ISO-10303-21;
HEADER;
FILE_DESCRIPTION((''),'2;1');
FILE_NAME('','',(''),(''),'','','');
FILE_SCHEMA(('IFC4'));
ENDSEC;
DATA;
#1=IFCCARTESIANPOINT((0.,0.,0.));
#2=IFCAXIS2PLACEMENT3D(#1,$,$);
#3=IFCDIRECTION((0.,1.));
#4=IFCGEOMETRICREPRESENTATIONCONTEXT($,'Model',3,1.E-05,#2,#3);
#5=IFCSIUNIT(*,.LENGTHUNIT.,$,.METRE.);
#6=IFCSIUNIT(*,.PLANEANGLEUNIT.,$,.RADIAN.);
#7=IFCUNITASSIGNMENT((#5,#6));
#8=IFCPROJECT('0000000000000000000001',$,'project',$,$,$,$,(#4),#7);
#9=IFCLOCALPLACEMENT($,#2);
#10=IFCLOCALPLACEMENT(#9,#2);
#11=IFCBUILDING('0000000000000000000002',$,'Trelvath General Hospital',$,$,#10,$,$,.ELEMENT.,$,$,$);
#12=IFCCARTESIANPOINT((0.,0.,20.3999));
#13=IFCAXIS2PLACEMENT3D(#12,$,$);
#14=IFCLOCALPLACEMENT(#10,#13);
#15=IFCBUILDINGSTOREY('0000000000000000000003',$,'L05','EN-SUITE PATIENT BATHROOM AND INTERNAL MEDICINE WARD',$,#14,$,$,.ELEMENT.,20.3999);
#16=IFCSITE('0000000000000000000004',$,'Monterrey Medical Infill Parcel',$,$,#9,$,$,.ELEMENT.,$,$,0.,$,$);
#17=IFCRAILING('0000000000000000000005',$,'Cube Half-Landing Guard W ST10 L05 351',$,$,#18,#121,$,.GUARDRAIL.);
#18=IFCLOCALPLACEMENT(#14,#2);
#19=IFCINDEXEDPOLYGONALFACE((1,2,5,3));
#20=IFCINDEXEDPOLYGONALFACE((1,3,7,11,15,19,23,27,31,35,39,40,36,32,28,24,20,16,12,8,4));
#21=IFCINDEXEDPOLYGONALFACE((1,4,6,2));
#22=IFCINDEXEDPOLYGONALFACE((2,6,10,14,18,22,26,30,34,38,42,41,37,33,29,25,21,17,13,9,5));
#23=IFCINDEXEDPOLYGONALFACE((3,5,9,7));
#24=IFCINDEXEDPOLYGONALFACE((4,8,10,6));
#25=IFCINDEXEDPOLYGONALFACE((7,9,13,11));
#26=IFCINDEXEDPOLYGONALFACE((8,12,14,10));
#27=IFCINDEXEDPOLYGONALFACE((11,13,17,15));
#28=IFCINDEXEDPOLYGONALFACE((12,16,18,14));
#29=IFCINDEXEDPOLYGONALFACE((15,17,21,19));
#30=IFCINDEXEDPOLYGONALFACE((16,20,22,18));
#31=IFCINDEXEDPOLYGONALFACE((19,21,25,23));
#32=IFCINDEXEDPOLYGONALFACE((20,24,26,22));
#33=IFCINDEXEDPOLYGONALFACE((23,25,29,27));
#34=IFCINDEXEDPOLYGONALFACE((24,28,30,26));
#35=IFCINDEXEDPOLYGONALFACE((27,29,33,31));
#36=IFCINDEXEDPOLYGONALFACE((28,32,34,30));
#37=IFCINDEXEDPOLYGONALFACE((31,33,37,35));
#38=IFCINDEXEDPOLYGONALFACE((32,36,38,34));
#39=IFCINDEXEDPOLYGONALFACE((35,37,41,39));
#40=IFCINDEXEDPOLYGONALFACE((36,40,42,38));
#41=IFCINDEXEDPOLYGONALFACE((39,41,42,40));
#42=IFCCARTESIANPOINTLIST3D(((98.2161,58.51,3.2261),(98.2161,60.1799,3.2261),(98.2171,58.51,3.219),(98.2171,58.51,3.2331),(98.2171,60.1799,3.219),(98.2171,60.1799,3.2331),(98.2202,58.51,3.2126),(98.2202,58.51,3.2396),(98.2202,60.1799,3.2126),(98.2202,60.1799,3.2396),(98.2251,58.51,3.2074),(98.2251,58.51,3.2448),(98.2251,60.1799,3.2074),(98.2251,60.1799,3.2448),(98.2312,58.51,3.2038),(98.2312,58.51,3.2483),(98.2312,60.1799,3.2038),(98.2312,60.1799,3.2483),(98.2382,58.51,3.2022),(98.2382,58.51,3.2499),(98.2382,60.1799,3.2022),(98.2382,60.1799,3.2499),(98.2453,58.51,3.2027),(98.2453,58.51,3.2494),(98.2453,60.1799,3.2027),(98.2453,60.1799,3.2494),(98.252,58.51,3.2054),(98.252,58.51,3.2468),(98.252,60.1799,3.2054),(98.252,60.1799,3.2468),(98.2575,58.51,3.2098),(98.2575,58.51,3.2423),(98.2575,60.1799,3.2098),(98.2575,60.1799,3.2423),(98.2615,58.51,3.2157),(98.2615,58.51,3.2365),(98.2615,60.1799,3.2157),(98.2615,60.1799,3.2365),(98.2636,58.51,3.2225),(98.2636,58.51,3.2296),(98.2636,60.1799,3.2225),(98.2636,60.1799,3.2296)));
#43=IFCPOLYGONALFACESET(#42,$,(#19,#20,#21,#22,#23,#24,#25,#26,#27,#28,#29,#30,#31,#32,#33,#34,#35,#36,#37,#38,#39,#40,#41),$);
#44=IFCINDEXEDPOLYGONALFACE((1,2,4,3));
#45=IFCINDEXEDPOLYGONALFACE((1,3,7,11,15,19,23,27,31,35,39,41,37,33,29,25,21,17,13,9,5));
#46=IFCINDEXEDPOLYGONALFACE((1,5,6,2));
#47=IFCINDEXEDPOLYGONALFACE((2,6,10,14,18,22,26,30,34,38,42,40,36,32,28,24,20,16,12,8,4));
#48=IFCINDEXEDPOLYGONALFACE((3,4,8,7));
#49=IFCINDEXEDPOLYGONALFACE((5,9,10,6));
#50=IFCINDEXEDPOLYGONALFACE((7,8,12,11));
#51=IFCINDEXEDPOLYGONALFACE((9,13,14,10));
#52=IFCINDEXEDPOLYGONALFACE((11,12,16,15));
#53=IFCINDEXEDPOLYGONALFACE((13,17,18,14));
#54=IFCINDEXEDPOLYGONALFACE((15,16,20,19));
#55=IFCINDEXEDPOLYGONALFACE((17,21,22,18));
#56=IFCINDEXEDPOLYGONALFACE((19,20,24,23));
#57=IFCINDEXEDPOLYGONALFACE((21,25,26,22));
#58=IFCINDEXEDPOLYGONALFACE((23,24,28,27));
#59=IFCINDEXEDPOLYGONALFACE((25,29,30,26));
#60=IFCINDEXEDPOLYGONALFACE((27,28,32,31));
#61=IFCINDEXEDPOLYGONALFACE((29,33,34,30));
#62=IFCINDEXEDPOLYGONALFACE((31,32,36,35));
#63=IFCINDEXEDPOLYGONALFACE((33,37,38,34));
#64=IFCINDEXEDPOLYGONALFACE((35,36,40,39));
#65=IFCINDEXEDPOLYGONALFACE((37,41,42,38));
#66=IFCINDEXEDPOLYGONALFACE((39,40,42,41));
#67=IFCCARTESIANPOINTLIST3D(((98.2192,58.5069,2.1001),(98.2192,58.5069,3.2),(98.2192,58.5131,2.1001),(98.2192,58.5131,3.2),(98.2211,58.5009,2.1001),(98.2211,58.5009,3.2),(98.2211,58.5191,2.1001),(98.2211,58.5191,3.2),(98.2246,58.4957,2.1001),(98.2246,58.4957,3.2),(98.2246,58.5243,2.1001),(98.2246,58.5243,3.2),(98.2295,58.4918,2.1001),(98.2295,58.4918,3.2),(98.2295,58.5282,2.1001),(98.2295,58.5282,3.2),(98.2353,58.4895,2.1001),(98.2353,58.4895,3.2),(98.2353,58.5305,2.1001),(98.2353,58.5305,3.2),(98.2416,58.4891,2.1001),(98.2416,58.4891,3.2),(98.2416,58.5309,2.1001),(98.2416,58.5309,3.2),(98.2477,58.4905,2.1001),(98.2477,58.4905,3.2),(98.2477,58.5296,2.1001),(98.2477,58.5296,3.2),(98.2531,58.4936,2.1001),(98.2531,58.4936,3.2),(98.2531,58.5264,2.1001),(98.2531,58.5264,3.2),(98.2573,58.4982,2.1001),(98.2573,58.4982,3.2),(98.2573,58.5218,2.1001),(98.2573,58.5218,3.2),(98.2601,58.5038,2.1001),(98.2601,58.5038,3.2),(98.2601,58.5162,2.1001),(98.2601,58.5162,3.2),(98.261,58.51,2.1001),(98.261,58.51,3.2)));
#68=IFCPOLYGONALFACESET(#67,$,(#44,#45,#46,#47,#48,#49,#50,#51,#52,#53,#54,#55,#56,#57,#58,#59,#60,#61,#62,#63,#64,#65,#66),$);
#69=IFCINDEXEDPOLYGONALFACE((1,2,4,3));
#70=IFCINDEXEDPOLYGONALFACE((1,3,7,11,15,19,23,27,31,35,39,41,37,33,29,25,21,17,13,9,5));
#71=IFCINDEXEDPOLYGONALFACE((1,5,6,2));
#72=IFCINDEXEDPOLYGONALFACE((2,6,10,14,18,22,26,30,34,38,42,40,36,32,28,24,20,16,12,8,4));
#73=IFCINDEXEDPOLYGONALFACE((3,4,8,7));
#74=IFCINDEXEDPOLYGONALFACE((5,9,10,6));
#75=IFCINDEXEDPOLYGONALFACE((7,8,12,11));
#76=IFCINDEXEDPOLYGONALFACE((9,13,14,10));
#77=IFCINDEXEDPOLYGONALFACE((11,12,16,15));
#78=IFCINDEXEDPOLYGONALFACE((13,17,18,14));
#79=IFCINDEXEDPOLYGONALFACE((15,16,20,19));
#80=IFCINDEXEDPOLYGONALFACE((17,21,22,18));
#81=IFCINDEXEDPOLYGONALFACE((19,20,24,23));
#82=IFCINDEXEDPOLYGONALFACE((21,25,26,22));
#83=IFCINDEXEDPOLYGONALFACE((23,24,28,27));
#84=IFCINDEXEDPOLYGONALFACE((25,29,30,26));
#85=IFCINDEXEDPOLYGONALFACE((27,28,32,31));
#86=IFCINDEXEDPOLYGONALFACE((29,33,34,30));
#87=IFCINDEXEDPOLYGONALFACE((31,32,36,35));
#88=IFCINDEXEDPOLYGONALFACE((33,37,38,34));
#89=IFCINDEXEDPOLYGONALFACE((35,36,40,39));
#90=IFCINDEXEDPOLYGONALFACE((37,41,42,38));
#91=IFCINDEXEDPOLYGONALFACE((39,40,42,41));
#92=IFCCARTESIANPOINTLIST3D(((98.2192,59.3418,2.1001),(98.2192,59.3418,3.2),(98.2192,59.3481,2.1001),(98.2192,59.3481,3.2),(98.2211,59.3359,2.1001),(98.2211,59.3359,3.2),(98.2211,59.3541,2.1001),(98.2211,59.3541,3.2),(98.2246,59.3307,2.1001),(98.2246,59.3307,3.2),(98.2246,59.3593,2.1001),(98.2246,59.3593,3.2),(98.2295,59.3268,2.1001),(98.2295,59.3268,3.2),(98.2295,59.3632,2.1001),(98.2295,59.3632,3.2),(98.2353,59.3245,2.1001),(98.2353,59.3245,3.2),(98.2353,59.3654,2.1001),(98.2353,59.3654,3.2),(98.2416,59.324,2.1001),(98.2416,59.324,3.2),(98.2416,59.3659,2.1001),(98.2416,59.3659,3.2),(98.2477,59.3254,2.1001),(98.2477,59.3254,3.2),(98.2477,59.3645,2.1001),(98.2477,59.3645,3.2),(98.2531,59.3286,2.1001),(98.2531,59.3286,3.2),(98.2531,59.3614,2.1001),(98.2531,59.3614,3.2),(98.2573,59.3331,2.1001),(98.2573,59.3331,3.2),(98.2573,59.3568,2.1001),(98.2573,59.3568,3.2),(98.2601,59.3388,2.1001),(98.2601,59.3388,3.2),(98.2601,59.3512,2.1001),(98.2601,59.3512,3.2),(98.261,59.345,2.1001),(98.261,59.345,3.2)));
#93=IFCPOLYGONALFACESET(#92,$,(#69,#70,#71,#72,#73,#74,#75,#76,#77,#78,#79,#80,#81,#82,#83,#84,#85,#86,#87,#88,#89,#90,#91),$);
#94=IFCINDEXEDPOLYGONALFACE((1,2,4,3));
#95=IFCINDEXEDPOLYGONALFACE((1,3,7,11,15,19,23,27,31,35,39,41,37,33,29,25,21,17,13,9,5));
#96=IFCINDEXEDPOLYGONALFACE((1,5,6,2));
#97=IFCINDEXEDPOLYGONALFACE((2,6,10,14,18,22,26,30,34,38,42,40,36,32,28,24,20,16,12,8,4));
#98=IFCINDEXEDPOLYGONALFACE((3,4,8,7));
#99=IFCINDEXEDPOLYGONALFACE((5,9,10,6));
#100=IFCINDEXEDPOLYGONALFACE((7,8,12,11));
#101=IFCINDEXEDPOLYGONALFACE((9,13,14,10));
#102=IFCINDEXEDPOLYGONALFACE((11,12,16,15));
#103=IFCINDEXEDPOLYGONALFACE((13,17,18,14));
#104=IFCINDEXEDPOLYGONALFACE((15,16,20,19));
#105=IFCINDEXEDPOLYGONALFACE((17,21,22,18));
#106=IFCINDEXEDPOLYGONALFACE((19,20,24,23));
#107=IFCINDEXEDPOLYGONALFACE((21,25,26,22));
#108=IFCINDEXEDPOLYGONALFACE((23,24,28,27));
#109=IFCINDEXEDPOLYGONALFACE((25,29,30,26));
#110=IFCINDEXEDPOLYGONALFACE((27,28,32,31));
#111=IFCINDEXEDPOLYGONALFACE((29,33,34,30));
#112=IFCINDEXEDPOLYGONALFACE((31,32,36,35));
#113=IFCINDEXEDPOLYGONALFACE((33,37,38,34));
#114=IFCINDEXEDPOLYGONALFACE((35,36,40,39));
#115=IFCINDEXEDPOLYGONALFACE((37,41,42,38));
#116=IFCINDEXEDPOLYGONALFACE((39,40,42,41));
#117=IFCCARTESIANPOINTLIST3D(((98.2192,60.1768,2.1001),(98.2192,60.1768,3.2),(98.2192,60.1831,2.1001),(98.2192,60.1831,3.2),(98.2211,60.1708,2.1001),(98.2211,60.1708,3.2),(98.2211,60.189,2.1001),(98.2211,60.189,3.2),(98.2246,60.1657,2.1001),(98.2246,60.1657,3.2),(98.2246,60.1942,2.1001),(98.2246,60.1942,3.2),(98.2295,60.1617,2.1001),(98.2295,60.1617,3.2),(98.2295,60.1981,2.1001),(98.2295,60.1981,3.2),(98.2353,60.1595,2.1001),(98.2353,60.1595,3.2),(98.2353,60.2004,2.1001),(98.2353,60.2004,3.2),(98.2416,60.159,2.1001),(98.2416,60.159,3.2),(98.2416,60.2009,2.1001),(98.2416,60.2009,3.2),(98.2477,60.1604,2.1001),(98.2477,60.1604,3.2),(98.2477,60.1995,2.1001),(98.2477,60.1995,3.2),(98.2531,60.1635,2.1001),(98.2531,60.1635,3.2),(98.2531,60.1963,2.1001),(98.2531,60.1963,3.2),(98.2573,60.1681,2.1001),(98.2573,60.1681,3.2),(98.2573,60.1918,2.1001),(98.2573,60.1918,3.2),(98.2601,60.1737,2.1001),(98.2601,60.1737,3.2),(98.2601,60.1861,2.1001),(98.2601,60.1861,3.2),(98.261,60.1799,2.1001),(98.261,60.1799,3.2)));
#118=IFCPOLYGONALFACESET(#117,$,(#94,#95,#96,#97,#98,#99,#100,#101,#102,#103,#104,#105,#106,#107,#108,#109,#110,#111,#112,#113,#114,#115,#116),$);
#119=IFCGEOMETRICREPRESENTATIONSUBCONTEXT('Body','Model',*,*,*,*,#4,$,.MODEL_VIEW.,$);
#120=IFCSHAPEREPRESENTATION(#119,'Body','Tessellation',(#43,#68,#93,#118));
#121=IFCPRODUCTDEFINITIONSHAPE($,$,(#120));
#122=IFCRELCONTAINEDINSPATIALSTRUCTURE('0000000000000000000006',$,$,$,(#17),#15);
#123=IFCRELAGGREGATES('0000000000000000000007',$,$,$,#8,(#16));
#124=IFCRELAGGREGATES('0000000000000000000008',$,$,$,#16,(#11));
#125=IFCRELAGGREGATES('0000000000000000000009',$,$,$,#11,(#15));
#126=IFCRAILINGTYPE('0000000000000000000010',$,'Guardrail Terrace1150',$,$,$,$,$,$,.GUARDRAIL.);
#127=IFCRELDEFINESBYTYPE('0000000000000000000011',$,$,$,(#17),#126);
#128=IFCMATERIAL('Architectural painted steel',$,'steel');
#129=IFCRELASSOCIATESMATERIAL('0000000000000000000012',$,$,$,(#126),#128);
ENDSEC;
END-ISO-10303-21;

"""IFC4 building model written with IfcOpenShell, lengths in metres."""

from ifc_helpers import new_model, si_unit, direction, frame, origin, origin_2d, place, context, subcontext, project, spatial, circle, extrude, material, type_object, element, save


model = new_model("IFC4")

# Units and contexts
model_context = context("Model", 3, precision=1e-05, world=origin(), true_north=direction((0.0, 1.0)))
body_context = subcontext(model_context, "Body", "Model", "MODEL_VIEW")
ifc_project = project(units=[si_unit("LENGTHUNIT", "METRE"), si_unit("PLANEANGLEUNIT", "RADIAN")], contexts=[model_context])

# Site, building, storey
site_placement = place(None, origin())
site = spatial("IfcSite", under=ifc_project, at=site_placement, Name="Monterrey Medical Infill Parcel", CompositionType="ELEMENT", RefElevation=0.0)
building_placement = place(site_placement, origin())
building = spatial("IfcBuilding", under=site, at=building_placement, Name="Trelvath General Hospital", CompositionType="ELEMENT")
storey_placement = place(building_placement, frame((0.0, 0.0, 20.3999)))
storey = spatial("IfcBuildingStorey", under=building, at=storey_placement, Name="L05", Description="EN-SUITE PATIENT BATHROOM AND INTERNAL MEDICINE WARD", CompositionType="ELEMENT", Elevation=20.3999)

# Railing
ifc_material_1 = material(Name="Architectural painted steel", Category="steel")
railing_type = type_object("IfcRailingType", Name="Guardrail Terrace1150", PredefinedType="GUARDRAIL", material=ifc_material_1)
railing_1_placement = place(storey_placement, frame((98.24, 58.51, 2.1001)))
element("IfcRailing", 1, at=railing_1_placement, inside=storey, type_object=railing_type, Name="Cube Half-Landing Guard W ST10 L05 351", PredefinedType="GUARDRAIL", context=body_context, shape_type="SweptSolid", body=[
    extrude(circle(Radius=0.0239, at=origin_2d()), frame((0.0, 0.0, 1.126), z_axis=(0.0, 1.0, 0.0), x_axis=(-1.0, 0.0, 0.0)), (0.0, 0.0, 1.0), 1.6699),
    extrude(circle(Radius=0.021, at=origin_2d()), origin(), (0.0, 0.0, 1.0), 1.0999),
    extrude(circle(Radius=0.021, at=origin_2d()), frame((0.0, 0.835, 0.0)), (0.0, 0.0, 1.0), 1.0999),
    extrude(circle(Radius=0.021, at=origin_2d()), frame((0.0, 1.6699, 0.0)), (0.0, 0.0, 1.0), 1.0999),
])

save(model, "model.ifc")
